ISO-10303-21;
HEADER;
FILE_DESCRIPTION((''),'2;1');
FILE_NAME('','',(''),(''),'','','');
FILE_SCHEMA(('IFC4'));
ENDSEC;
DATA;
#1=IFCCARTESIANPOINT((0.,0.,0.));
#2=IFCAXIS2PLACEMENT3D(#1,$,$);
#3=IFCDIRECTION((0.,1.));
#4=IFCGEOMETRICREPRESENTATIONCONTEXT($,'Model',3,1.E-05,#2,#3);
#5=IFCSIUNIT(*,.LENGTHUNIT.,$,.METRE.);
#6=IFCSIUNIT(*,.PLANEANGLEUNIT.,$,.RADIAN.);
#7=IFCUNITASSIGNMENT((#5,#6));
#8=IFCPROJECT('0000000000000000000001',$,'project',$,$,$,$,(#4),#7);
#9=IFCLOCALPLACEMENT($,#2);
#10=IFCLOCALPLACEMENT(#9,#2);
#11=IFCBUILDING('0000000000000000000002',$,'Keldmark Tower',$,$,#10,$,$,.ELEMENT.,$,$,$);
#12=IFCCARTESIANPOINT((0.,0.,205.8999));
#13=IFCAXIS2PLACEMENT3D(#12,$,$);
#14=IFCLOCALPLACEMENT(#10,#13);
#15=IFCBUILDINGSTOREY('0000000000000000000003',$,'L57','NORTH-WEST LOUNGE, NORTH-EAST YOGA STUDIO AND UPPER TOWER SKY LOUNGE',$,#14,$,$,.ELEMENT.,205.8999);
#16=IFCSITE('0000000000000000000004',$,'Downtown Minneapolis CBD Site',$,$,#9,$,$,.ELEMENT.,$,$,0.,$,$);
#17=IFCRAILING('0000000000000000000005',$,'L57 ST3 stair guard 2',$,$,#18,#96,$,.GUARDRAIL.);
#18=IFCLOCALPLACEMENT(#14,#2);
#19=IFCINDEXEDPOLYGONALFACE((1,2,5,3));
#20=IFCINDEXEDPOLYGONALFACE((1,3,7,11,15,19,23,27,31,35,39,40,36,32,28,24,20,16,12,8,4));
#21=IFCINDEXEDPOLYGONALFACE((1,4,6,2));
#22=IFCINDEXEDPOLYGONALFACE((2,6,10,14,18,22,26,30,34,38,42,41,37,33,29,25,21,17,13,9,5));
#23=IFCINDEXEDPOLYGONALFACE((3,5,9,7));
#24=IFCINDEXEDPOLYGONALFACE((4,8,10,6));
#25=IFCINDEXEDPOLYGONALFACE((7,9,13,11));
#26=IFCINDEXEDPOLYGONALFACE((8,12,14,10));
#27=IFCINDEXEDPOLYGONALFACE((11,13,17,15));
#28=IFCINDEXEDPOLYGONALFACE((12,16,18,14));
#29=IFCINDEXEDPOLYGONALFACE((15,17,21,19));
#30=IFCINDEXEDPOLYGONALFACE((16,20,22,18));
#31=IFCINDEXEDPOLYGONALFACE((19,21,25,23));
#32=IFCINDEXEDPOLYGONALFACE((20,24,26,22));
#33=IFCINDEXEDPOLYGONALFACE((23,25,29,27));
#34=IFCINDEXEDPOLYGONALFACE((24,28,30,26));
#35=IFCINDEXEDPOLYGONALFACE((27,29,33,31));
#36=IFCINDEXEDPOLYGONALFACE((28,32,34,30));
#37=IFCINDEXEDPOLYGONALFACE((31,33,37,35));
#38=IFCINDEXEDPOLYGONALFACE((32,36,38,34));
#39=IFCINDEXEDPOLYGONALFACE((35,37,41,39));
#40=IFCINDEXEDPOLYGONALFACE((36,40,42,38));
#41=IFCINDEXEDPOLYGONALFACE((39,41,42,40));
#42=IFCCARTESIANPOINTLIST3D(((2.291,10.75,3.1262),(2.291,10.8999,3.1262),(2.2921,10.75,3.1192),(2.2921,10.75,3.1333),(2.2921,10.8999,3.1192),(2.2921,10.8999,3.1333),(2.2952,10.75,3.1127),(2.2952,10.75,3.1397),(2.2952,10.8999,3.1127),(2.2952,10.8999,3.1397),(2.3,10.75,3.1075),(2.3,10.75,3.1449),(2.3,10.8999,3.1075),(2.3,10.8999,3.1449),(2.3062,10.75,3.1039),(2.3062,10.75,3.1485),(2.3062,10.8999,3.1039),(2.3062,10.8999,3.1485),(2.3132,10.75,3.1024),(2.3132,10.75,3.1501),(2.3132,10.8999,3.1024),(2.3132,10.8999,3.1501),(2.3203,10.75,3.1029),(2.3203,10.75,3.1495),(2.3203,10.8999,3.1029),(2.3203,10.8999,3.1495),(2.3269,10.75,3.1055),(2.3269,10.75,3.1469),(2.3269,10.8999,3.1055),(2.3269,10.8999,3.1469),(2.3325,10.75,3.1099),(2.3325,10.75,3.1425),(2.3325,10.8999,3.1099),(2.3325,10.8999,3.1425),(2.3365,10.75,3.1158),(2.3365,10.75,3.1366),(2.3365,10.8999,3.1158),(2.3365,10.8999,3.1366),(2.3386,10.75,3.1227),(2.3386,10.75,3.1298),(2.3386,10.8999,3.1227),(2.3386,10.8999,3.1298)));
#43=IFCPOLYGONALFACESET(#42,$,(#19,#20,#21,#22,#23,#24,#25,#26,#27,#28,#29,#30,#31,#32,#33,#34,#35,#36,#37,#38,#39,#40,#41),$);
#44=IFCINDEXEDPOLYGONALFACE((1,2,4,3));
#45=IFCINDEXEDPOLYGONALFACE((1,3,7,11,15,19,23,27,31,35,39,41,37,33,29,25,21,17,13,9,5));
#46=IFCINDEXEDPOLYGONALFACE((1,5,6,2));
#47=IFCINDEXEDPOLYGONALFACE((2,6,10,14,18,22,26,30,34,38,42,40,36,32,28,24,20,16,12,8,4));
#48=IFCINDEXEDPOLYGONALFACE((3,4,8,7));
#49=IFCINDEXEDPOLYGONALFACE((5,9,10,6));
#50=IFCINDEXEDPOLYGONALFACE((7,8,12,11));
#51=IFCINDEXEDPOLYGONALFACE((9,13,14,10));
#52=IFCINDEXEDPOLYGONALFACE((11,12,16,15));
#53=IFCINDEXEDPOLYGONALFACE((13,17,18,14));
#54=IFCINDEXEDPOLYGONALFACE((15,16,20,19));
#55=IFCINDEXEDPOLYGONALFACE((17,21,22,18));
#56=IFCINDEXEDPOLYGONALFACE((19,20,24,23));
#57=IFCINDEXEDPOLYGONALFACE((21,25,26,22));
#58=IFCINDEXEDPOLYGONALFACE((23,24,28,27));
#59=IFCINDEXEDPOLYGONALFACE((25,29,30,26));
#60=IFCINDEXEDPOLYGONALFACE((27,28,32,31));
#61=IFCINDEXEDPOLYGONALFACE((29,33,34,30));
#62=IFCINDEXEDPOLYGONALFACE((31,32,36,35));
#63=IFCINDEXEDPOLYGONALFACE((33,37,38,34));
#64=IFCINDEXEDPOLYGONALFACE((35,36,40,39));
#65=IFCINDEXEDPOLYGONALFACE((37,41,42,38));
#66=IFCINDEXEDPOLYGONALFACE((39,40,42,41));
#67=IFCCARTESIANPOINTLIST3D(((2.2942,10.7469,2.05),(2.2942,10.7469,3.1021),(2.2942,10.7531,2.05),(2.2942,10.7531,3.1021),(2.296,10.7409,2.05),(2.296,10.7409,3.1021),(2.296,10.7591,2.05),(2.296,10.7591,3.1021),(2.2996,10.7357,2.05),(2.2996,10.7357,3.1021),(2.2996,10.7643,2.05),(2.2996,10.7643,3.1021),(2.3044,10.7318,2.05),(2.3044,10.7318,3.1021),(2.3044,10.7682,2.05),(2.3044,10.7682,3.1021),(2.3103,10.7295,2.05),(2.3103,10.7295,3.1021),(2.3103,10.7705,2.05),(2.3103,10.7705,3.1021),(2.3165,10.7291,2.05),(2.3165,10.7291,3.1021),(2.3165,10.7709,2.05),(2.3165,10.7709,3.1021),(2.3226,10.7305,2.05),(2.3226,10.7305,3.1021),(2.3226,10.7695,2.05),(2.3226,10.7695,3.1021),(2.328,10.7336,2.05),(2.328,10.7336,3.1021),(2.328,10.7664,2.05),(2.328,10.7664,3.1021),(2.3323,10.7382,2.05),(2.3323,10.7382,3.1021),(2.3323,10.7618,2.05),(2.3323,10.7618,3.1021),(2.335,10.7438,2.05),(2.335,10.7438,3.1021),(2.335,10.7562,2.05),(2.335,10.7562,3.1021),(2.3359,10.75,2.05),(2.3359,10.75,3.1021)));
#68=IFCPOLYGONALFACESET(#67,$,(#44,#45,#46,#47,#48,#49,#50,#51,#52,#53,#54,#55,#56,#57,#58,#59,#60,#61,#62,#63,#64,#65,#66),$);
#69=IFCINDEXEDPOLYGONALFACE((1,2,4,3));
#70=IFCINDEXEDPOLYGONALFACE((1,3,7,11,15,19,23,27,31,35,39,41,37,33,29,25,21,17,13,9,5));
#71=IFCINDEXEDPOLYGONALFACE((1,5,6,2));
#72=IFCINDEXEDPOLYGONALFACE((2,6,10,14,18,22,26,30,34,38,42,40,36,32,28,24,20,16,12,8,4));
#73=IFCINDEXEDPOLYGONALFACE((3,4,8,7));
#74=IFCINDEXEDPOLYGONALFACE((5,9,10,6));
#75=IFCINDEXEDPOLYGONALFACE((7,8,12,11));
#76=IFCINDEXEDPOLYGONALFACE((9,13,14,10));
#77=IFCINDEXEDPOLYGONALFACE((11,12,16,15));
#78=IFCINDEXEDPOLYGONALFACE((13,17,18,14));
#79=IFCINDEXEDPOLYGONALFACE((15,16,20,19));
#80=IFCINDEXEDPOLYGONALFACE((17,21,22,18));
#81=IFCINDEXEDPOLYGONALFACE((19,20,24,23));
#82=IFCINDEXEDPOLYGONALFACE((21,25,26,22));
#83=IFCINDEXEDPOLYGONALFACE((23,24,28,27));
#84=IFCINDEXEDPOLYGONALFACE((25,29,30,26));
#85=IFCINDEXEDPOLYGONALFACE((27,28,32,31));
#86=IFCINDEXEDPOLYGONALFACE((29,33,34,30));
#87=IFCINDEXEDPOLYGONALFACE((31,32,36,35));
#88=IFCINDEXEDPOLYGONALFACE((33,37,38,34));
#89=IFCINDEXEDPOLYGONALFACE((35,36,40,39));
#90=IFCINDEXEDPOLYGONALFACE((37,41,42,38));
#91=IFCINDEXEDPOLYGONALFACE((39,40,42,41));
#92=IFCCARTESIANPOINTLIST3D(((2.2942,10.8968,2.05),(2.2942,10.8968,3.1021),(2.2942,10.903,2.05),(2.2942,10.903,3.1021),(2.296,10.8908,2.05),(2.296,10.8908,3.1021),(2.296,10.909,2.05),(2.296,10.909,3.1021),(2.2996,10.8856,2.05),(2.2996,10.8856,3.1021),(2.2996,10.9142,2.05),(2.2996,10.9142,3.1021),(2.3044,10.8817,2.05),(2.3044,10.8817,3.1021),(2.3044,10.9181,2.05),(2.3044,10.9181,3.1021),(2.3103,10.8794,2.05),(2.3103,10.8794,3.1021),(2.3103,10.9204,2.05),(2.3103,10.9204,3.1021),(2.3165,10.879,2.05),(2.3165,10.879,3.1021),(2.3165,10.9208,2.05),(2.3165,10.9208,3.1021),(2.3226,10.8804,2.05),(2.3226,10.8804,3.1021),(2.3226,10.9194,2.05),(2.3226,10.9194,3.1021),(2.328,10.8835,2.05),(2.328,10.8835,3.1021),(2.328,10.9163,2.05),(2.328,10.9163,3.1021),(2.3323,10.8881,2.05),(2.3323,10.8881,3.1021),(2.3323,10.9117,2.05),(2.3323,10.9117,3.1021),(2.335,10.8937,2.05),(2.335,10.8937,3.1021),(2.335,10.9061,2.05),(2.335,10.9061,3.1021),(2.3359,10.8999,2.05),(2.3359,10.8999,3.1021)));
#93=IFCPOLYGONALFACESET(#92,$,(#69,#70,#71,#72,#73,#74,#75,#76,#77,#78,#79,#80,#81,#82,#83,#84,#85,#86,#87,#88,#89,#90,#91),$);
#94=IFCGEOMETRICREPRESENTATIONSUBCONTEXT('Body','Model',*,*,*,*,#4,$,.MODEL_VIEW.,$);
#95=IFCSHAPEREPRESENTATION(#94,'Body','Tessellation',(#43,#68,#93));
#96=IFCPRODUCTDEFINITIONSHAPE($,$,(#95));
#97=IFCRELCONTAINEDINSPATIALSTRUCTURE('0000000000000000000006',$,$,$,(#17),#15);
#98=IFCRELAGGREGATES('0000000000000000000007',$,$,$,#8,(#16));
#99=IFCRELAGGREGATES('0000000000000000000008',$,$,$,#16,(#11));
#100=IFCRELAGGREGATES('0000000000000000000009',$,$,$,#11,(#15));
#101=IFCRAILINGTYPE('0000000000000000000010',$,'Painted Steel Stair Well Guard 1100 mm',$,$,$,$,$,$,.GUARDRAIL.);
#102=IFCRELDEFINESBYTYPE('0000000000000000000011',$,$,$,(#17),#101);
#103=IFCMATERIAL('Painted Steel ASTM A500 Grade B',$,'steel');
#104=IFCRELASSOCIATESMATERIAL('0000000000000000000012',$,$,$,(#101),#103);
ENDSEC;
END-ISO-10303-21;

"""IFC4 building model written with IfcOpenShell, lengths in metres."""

from ifc_helpers import new_model, si_unit, direction, frame, origin, origin_2d, place, context, subcontext, project, spatial, circle, extrude, material, type_object, element, save


model = new_model("IFC4")

# Units and contexts
model_context = context("Model", 3, precision=1e-05, world=origin(), true_north=direction((0.0, 1.0)))
body_context = subcontext(model_context, "Body", "Model", "MODEL_VIEW")
ifc_project = project(units=[si_unit("LENGTHUNIT", "METRE"), si_unit("PLANEANGLEUNIT", "RADIAN")], contexts=[model_context])

# Site, building, storey
site_placement = place(None, origin())
site = spatial("IfcSite", under=ifc_project, at=site_placement, Name="Downtown Minneapolis CBD Site", CompositionType="ELEMENT", RefElevation=0.0)
building_placement = place(site_placement, origin())
building = spatial("IfcBuilding", under=site, at=building_placement, Name="Keldmark Tower", CompositionType="ELEMENT")
storey_placement = place(building_placement, frame((0.0, 0.0, 205.8999)))
storey = spatial("IfcBuildingStorey", under=building, at=storey_placement, Name="L57", Description="NORTH-WEST LOUNGE, NORTH-EAST YOGA STUDIO AND UPPER TOWER SKY LOUNGE", CompositionType="ELEMENT", Elevation=205.8999)

# Railing
ifc_material_1 = material(Name="Painted Steel ASTM A500 Grade B", Category="steel")
railing_type_1 = type_object("IfcRailingType", Name="Painted Steel Stair Well Guard 1100 mm", PredefinedType="GUARDRAIL", material=ifc_material_1)
railing_1_placement = place(storey_placement, frame((2.3149, 10.75, 2.05)))
element("IfcRailing", 1, at=railing_1_placement, inside=storey, type_object=railing_type_1, Name="L57 ST3 stair guard 2", PredefinedType="GUARDRAIL", context=body_context, shape_type="SweptSolid", body=[
    extrude(circle(Radius=0.0239, at=origin_2d()), frame((0.0, 0.0, 1.0762), z_axis=(0.0, 1.0, 0.0), x_axis=(-1.0, 0.0, 0.0)), (0.0, 0.0, 1.0), 0.1499),
    extrude(circle(Radius=0.021, at=origin_2d()), origin(), (0.0, 0.0, 1.0), 1.052),
    extrude(circle(Radius=0.021, at=origin_2d()), frame((0.0, 0.1499, 0.0)), (0.0, 0.0, 1.0), 1.052),
])

save(model, "model.ifc")
